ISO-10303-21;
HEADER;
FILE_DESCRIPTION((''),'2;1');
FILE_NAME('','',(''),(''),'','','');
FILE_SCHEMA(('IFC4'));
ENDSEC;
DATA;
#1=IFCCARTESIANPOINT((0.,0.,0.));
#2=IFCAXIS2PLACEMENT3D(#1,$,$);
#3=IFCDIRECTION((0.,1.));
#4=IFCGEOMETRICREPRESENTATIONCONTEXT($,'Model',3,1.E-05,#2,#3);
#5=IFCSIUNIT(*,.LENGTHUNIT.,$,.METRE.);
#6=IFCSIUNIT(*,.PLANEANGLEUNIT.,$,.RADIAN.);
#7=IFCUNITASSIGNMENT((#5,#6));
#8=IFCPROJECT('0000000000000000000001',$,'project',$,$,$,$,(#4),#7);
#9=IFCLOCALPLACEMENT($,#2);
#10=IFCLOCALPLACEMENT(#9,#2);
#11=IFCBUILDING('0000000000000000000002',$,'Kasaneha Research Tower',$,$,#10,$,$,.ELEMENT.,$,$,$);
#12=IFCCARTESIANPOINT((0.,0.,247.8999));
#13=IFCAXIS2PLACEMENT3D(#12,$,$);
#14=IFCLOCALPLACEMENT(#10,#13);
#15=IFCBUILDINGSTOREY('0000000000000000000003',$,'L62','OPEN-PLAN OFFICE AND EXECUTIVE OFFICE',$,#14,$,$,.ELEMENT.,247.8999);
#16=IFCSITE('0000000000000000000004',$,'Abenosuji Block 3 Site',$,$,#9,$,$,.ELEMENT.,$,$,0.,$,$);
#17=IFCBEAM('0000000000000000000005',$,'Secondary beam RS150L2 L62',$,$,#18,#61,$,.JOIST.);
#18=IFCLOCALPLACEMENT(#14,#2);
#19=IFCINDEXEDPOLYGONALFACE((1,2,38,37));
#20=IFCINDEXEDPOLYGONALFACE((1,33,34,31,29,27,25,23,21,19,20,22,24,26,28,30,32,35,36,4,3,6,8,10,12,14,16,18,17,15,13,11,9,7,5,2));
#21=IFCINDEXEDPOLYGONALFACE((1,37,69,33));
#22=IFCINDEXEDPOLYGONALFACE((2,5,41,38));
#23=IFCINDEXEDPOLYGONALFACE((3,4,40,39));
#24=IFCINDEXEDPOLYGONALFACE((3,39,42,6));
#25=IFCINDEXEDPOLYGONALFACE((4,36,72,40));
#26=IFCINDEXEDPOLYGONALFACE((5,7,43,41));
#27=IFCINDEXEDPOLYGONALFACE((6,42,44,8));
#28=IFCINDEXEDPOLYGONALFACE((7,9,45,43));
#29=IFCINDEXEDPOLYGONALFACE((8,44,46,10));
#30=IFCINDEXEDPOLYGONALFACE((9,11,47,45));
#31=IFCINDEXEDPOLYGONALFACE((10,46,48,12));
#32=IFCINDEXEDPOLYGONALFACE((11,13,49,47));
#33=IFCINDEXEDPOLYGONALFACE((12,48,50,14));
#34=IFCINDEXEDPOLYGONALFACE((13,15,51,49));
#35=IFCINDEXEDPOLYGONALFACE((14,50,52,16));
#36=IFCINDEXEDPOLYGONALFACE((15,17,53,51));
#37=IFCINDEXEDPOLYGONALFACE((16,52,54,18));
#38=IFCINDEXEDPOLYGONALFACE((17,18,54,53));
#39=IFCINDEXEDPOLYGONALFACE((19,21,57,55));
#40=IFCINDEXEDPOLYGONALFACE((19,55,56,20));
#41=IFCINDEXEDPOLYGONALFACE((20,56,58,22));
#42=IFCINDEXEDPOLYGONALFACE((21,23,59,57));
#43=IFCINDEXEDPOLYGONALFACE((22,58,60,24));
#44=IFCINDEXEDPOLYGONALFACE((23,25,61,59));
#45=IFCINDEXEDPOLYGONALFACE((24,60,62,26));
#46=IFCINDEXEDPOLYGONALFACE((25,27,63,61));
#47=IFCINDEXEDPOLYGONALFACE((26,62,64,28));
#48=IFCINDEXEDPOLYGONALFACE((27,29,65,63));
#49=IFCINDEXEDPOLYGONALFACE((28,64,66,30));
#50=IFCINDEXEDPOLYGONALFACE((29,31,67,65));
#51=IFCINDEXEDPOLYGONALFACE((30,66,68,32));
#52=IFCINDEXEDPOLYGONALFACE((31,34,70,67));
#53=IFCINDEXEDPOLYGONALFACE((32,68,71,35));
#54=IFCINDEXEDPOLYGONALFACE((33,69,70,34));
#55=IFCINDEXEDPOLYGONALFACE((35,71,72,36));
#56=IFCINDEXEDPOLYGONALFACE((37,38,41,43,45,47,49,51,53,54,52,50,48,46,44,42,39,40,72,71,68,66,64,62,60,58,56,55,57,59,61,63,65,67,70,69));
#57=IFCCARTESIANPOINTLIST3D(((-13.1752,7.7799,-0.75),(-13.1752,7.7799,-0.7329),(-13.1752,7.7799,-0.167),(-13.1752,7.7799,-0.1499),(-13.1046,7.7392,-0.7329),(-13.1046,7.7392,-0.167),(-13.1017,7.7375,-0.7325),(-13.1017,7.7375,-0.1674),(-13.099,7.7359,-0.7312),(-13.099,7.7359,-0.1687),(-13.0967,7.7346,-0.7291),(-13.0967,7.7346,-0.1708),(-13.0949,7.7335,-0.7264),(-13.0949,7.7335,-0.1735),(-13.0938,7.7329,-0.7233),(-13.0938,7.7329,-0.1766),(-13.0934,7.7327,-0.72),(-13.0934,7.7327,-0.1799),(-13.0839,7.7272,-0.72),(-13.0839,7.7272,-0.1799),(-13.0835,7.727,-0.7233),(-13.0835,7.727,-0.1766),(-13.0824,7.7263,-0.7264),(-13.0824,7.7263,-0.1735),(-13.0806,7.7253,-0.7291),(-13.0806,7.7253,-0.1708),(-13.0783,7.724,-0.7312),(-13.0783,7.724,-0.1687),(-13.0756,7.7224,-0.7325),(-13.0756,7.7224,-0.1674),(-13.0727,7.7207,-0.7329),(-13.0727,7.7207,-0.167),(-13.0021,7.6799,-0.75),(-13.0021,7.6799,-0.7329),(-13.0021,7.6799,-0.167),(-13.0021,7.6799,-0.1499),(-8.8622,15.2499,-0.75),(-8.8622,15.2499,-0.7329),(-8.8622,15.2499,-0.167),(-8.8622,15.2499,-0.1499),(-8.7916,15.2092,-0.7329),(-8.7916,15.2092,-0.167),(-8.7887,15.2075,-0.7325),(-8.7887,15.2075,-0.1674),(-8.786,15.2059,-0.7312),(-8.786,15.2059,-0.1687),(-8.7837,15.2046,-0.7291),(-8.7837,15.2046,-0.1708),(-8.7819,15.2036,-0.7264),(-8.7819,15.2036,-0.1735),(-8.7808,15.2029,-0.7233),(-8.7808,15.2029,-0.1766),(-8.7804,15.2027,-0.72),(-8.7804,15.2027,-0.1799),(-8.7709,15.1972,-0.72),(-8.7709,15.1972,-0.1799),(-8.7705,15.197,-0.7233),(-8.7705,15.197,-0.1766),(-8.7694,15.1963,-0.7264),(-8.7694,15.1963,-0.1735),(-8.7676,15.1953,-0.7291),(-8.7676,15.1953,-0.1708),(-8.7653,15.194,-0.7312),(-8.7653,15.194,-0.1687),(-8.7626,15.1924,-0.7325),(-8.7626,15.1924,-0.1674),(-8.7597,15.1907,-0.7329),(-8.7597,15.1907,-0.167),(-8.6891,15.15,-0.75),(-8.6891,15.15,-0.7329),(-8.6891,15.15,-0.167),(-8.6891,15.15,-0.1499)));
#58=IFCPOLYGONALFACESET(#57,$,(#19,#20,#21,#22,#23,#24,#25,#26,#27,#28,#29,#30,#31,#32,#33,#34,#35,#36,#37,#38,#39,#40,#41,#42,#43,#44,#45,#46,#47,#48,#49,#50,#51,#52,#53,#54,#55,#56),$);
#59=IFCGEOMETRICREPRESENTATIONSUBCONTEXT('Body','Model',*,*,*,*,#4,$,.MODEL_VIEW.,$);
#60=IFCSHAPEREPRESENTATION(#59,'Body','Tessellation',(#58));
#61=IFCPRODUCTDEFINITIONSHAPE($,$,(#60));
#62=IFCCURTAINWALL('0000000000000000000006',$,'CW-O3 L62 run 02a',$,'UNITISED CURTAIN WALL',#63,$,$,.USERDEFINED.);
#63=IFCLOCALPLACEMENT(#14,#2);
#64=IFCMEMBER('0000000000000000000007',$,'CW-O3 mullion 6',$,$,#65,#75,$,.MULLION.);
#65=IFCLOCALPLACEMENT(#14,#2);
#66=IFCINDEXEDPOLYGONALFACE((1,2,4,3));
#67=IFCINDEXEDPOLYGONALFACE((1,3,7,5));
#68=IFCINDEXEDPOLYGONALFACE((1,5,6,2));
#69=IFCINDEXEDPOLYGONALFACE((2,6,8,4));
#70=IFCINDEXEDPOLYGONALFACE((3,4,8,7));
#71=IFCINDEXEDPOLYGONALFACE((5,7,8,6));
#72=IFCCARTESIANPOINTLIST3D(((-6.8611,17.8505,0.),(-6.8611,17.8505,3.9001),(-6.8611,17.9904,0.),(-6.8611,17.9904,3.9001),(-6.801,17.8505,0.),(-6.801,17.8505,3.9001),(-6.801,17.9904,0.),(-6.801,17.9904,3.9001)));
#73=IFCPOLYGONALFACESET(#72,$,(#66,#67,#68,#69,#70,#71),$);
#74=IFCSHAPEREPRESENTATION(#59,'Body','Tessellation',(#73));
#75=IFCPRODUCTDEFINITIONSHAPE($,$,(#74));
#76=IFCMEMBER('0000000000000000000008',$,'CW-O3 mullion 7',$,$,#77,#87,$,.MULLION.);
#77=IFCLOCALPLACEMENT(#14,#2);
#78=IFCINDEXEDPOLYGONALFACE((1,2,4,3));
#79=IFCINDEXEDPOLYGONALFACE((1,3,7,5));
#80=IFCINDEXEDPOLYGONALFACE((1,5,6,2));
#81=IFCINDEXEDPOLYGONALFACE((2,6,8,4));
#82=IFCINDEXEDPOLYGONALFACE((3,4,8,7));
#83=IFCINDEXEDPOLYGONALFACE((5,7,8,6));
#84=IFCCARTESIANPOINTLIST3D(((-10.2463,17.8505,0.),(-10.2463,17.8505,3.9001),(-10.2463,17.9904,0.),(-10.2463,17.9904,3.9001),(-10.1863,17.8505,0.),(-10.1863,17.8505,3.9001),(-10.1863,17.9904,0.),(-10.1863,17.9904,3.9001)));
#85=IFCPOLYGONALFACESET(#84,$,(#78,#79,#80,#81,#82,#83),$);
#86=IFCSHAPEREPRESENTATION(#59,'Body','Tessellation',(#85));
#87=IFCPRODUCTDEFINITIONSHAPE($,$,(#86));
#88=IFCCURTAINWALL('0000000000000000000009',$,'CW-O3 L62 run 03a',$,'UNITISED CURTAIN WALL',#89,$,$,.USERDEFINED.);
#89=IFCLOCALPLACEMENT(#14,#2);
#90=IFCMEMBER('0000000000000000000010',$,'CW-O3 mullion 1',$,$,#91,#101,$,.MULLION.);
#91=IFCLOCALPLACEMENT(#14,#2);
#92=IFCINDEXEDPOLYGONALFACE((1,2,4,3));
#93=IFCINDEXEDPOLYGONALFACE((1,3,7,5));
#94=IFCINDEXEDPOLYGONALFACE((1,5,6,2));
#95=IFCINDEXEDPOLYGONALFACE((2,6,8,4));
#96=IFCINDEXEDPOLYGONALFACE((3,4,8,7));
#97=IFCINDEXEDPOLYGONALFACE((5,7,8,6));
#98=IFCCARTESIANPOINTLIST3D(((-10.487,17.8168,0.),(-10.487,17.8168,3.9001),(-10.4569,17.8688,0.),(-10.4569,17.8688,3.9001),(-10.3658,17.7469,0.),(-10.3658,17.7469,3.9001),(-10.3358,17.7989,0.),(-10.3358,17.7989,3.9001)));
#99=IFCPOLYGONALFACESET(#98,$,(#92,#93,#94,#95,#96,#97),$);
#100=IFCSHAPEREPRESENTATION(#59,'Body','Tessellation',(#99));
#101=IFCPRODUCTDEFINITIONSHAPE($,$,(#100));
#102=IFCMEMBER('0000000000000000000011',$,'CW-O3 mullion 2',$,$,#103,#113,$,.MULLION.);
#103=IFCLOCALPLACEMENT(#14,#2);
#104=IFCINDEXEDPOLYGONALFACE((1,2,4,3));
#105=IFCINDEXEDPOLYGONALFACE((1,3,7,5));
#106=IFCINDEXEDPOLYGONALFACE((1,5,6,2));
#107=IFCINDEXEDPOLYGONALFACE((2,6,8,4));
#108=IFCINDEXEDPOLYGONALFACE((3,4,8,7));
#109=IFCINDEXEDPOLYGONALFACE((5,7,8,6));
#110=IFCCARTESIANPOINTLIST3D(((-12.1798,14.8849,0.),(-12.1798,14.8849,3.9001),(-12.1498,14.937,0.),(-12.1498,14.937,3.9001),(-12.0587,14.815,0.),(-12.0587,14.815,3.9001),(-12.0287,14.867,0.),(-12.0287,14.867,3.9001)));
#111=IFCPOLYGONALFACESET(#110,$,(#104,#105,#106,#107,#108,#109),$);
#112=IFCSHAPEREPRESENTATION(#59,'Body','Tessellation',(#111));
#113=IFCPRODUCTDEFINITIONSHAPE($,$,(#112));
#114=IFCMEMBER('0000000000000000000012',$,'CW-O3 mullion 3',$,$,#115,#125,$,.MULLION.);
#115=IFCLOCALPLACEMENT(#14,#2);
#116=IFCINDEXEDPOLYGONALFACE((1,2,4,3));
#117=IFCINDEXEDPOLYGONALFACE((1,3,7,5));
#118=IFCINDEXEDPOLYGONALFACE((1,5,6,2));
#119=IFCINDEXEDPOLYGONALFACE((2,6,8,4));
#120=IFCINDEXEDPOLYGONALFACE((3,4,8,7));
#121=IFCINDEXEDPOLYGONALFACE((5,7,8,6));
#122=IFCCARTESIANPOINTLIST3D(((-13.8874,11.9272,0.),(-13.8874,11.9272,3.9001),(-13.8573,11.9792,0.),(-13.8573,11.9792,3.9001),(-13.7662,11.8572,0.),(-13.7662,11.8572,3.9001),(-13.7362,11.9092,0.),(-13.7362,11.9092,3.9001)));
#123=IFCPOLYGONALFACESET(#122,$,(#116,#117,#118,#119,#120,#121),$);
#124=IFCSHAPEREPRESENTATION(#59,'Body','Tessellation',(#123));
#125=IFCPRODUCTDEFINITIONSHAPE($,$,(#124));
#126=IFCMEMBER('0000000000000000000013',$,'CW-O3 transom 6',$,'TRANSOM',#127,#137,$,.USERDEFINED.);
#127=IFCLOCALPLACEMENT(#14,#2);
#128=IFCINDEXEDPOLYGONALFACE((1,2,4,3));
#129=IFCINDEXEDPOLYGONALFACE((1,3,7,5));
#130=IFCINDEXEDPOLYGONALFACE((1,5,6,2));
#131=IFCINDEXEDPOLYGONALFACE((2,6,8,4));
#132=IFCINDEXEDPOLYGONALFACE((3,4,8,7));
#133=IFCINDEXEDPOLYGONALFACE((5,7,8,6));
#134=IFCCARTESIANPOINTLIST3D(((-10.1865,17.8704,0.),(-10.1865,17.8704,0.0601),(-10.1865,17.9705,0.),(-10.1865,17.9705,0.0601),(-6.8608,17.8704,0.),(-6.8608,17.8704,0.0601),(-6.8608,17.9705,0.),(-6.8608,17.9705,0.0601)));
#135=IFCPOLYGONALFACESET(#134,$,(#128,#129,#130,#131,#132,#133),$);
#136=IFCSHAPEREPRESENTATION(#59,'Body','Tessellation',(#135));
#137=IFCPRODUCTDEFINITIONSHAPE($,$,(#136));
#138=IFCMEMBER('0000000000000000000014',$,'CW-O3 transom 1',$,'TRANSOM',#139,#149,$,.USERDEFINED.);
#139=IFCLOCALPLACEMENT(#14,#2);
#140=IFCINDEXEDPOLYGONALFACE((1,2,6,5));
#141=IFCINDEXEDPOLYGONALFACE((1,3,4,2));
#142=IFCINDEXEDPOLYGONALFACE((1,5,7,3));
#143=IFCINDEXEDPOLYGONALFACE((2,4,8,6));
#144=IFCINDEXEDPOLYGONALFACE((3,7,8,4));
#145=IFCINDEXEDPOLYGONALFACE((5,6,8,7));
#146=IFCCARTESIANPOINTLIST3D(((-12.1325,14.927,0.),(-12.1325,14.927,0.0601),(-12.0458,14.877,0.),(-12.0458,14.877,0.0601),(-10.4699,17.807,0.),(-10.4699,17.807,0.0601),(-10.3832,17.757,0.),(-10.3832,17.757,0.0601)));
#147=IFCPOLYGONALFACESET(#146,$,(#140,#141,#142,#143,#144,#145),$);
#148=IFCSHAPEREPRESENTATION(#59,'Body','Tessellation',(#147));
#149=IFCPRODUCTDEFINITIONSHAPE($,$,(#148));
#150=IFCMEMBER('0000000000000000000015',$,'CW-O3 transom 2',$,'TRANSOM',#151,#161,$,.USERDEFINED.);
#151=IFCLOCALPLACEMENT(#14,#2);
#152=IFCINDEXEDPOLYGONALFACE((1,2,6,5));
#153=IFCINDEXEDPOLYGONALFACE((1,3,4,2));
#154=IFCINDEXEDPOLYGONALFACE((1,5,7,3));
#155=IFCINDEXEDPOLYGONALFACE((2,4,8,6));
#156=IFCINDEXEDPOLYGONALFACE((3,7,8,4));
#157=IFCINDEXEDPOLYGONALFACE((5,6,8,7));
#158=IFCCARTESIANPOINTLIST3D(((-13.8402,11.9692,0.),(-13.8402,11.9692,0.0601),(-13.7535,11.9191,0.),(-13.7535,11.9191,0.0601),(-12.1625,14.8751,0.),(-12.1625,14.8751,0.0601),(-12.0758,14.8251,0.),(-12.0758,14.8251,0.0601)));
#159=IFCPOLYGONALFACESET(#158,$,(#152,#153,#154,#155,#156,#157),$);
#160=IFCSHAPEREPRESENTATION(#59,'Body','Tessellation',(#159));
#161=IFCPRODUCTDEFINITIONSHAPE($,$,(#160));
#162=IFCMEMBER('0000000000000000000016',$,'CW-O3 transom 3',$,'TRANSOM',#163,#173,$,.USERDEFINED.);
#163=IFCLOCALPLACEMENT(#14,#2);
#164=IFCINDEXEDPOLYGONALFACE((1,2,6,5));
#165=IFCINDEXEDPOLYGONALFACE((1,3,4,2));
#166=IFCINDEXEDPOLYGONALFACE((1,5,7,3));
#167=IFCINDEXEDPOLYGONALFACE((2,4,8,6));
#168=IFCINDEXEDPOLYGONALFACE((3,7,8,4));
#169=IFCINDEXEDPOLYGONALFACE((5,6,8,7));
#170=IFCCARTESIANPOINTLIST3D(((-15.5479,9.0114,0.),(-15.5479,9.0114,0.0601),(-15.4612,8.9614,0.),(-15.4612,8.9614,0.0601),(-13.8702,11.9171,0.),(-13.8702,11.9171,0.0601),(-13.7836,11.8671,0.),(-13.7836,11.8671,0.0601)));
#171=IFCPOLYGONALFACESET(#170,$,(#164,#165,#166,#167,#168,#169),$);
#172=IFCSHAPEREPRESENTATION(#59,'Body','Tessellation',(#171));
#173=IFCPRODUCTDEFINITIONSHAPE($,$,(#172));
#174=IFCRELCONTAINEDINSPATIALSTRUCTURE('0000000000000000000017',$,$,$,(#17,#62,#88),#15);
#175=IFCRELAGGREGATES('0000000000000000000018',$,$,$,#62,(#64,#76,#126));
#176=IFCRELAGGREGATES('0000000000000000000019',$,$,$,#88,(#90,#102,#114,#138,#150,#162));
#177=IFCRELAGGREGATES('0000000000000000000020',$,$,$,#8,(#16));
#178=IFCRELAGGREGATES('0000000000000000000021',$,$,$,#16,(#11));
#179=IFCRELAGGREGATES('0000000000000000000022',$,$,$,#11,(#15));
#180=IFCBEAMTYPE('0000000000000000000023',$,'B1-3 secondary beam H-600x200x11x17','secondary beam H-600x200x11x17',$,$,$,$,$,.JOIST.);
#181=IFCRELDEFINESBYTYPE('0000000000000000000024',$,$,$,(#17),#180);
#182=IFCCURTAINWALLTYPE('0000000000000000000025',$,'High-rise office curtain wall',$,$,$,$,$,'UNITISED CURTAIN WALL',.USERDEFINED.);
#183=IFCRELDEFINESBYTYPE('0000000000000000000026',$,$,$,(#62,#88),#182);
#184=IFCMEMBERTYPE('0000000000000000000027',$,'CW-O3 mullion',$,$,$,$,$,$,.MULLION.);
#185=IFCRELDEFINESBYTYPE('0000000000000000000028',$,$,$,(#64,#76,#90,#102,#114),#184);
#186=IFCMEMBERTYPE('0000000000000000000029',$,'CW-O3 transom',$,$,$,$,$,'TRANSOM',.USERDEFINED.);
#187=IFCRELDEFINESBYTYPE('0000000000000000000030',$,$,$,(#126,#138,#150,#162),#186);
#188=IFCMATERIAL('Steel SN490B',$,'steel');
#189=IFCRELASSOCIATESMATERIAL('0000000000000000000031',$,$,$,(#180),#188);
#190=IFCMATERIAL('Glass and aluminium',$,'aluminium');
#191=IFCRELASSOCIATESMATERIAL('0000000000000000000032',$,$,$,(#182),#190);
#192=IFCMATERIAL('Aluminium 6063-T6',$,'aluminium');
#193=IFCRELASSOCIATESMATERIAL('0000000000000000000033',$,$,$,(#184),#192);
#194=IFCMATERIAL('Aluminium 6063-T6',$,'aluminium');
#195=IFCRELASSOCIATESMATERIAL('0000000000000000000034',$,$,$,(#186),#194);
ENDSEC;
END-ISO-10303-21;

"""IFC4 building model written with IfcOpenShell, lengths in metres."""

from ifc_helpers import new_model, si_unit, direction, frame, origin, origin_2d, place, context, subcontext, project, spatial, rectangle, i_section, extrude, material, material_profile, profile_set, type_object, element, aggregate, save


model = new_model("IFC4")

# Units and contexts
model_context = context("Model", 3, precision=1e-05, world=origin(), true_north=direction((0.0, 1.0)))
body_context = subcontext(model_context, "Body", "Model", "MODEL_VIEW")
ifc_project = project(units=[si_unit("LENGTHUNIT", "METRE"), si_unit("PLANEANGLEUNIT", "RADIAN")], contexts=[model_context])

# Site, building, storey
site_placement = place(None, origin())
site = spatial("IfcSite", under=ifc_project, at=site_placement, Name="Abenosuji Block 3 Site", CompositionType="ELEMENT", RefElevation=0.0)
building_placement = place(site_placement, origin())
building = spatial("IfcBuilding", under=site, at=building_placement, Name="Kasaneha Research Tower", CompositionType="ELEMENT")
storey_placement = place(building_placement, frame((0.0, 0.0, 247.8999)))
storey = spatial("IfcBuildingStorey", under=building, at=storey_placement, Name="L62", Description="OPEN-PLAN OFFICE AND EXECUTIVE OFFICE", CompositionType="ELEMENT", Elevation=247.8999)

# Beam
ifc_material_1 = material(Name="Steel SN490B", Category="steel")
ifc_material_profile_1 = material_profile(ifc_material_1, i_section(OverallWidth=0.2, OverallDepth=0.6001, WebThickness=0.011, FlangeThickness=0.0171, FilletRadius=0.0129, at=origin_2d()), Name="H-600x200x11x17")
ifc_profile_set_1 = profile_set([ifc_material_profile_1], Name="Steel SN490B")
beam_type_1 = type_object("IfcBeamType", Name="B1-3 secondary beam H-600x200x11x17", Description="secondary beam H-600x200x11x17", PredefinedType="JOIST", material=ifc_profile_set_1)
beam_1_placement = place(storey_placement, frame((-8.7756, 15.2, -0.45), z_axis=(-0.500017, -0.866015, 0.0), x_axis=(0.866015, -0.500017, 0.0)))
element("IfcBeam", 1, at=beam_1_placement, inside=storey, type_object=beam_type_1, Name="Secondary beam RS150L2 L62", PredefinedType="JOIST", context=body_context, shape_type="SweptSolid", body=[
    extrude(i_section(OverallWidth=0.2, OverallDepth=0.6001, WebThickness=0.011, FlangeThickness=0.0171, FilletRadius=0.0129, at=origin_2d()), origin(), (0.0, 0.0, 1.0), 8.6257),
])

# Curtain walls, members
ifc_material_2 = material(Name="Glass and aluminium", Category="aluminium")
curtain_wall_type = type_object("IfcCurtainWallType", Name="High-rise office curtain wall", ElementType="UNITISED CURTAIN WALL", PredefinedType="USERDEFINED", material=ifc_material_2)
curtain_wall_1_placement = place(storey_placement, origin())
curtain_wall_1 = element("IfcCurtainWall", 2, at=curtain_wall_1_placement, inside=storey, type_object=curtain_wall_type, Name="CW-O3 L62 run 02a", ObjectType="UNITISED CURTAIN WALL", PredefinedType="USERDEFINED")
ifc_material_3 = material(Name="Aluminium 6063-T6", Category="aluminium")
ifc_material_profile_2 = material_profile(ifc_material_3, rectangle(XDim=0.0601, YDim=0.1399, at=origin_2d()), Name="CW-O3 mullion 60x140")
ifc_profile_set_2 = profile_set([ifc_material_profile_2], Name="Aluminium 6063-T6")
member_type_1 = type_object("IfcMemberType", Name="CW-O3 mullion", PredefinedType="MULLION", material=ifc_profile_set_2)
member_1_placement = place(storey_placement, frame((-6.8311, 17.9204, 0.0), z_axis=(0.0, 0.0, 1.0), x_axis=(-1.0, 0.0, 0.0)))
member_1 = element("IfcMember", 3, at=member_1_placement, type_object=member_type_1, Name="CW-O3 mullion 6", PredefinedType="MULLION", context=body_context, shape_type="SweptSolid", body=[
    extrude(rectangle(XDim=0.0601, YDim=0.1399, at=origin_2d()), origin(), (0.0, 0.0, 1.0), 3.9001),
])
member_2_placement = place(storey_placement, frame((-10.2163, 17.9204, 0.0), z_axis=(0.0, 0.0, 1.0), x_axis=(-1.0, 0.0, 0.0)))
member_2 = element("IfcMember", 4, at=member_2_placement, type_object=member_type_1, Name="CW-O3 mullion 7", PredefinedType="MULLION", context=body_context, shape_type="SweptSolid", body=[
    extrude(rectangle(XDim=0.0601, YDim=0.1399, at=origin_2d()), origin(), (0.0, 0.0, 1.0), 3.9001),
])
curtain_wall_2_placement = place(storey_placement, origin())
curtain_wall_2 = element("IfcCurtainWall", 5, at=curtain_wall_2_placement, inside=storey, type_object=curtain_wall_type, Name="CW-O3 L62 run 03a", ObjectType="UNITISED CURTAIN WALL", PredefinedType="USERDEFINED")
member_3_placement = place(storey_placement, frame((-10.4114, 17.8079, 0.0), z_axis=(0.0, 0.0, 1.0), x_axis=(-0.5, -0.866025, 0.0)))
member_3 = element("IfcMember", 6, at=member_3_placement, type_object=member_type_1, Name="CW-O3 mullion 1", PredefinedType="MULLION", context=body_context, shape_type="SweptSolid", body=[
    extrude(rectangle(XDim=0.0601, YDim=0.1399, at=origin_2d()), origin(), (0.0, 0.0, 1.0), 3.9001),
])
member_4_placement = place(storey_placement, frame((-12.1042, 14.876, 0.0), z_axis=(0.0, 0.0, 1.0), x_axis=(-0.5, -0.866025, 0.0)))
member_4 = element("IfcMember", 7, at=member_4_placement, type_object=member_type_1, Name="CW-O3 mullion 2", PredefinedType="MULLION", context=body_context, shape_type="SweptSolid", body=[
    extrude(rectangle(XDim=0.0601, YDim=0.1399, at=origin_2d()), origin(), (0.0, 0.0, 1.0), 3.9001),
])
member_5_placement = place(storey_placement, frame((-13.8118, 11.9182, 0.0), z_axis=(0.0, 0.0, 1.0), x_axis=(-0.5, -0.866025, 0.0)))
member_5 = element("IfcMember", 8, at=member_5_placement, type_object=member_type_1, Name="CW-O3 mullion 3", PredefinedType="MULLION", context=body_context, shape_type="SweptSolid", body=[
    extrude(rectangle(XDim=0.0601, YDim=0.1399, at=origin_2d()), origin(), (0.0, 0.0, 1.0), 3.9001),
])

# Members
ifc_material_4 = material(Name="Aluminium 6063-T6", Category="aluminium")
ifc_material_profile_3 = material_profile(ifc_material_4, rectangle(XDim=0.1001, YDim=0.0601, at=origin_2d()), Name="CW-O3 transom 100x60")
ifc_profile_set_3 = profile_set([ifc_material_profile_3], Name="Aluminium 6063-T6")
member_type_2 = type_object("IfcMemberType", Name="CW-O3 transom", ElementType="TRANSOM", PredefinedType="USERDEFINED", material=ifc_profile_set_3)
member_6_placement = place(storey_placement, frame((-6.8608, 17.9204, 0.03), z_axis=(-1.0, 0.0, 0.0), x_axis=(0.0, -1.0, 0.0)))
member_6 = element("IfcMember", 9, at=member_6_placement, type_object=member_type_2, Name="CW-O3 transom 6", ObjectType="TRANSOM", PredefinedType="USERDEFINED", context=body_context, shape_type="SweptSolid", body=[
    extrude(rectangle(XDim=0.1001, YDim=0.0601, at=origin_2d()), origin(), (0.0, 0.0, 1.0), 3.3257),
])
member_7_placement = place(storey_placement, frame((-10.4265, 17.782, 0.03), z_axis=(-0.499977, -0.866039, 0.0), x_axis=(0.866039, -0.499977, 0.0)))
member_7 = element("IfcMember", 10, at=member_7_placement, type_object=member_type_2, Name="CW-O3 transom 1", ObjectType="TRANSOM", PredefinedType="USERDEFINED", context=body_context, shape_type="SweptSolid", body=[
    extrude(rectangle(XDim=0.1001, YDim=0.0601, at=origin_2d()), origin(), (0.0, 0.0, 1.0), 3.3254),
])
member_8_placement = place(storey_placement, frame((-12.1191, 14.8501, 0.03), z_axis=(-0.499989, -0.866032, 0.0), x_axis=(0.866032, -0.499989, 0.0)))
member_8 = element("IfcMember", 11, at=member_8_placement, type_object=member_type_2, Name="CW-O3 transom 2", ObjectType="TRANSOM", PredefinedType="USERDEFINED", context=body_context, shape_type="SweptSolid", body=[
    extrude(rectangle(XDim=0.1001, YDim=0.0601, at=origin_2d()), origin(), (0.0, 0.0, 1.0), 3.3555),
])
member_9_placement = place(storey_placement, frame((-13.8269, 11.8921, 0.03), z_axis=(-0.500021, -0.866014, 0.0), x_axis=(0.866014, -0.500021, 0.0)))
member_9 = element("IfcMember", 12, at=member_9_placement, type_object=member_type_2, Name="CW-O3 transom 3", ObjectType="TRANSOM", PredefinedType="USERDEFINED", context=body_context, shape_type="SweptSolid", body=[
    extrude(rectangle(XDim=0.1001, YDim=0.0601, at=origin_2d()), origin(), (0.0, 0.0, 1.0), 3.3552),
])

aggregate(curtain_wall_1, [member_1, member_2, member_6])
aggregate(curtain_wall_2, [member_3, member_4, member_5, member_7, member_8, member_9])

save(model, "model.ifc")
